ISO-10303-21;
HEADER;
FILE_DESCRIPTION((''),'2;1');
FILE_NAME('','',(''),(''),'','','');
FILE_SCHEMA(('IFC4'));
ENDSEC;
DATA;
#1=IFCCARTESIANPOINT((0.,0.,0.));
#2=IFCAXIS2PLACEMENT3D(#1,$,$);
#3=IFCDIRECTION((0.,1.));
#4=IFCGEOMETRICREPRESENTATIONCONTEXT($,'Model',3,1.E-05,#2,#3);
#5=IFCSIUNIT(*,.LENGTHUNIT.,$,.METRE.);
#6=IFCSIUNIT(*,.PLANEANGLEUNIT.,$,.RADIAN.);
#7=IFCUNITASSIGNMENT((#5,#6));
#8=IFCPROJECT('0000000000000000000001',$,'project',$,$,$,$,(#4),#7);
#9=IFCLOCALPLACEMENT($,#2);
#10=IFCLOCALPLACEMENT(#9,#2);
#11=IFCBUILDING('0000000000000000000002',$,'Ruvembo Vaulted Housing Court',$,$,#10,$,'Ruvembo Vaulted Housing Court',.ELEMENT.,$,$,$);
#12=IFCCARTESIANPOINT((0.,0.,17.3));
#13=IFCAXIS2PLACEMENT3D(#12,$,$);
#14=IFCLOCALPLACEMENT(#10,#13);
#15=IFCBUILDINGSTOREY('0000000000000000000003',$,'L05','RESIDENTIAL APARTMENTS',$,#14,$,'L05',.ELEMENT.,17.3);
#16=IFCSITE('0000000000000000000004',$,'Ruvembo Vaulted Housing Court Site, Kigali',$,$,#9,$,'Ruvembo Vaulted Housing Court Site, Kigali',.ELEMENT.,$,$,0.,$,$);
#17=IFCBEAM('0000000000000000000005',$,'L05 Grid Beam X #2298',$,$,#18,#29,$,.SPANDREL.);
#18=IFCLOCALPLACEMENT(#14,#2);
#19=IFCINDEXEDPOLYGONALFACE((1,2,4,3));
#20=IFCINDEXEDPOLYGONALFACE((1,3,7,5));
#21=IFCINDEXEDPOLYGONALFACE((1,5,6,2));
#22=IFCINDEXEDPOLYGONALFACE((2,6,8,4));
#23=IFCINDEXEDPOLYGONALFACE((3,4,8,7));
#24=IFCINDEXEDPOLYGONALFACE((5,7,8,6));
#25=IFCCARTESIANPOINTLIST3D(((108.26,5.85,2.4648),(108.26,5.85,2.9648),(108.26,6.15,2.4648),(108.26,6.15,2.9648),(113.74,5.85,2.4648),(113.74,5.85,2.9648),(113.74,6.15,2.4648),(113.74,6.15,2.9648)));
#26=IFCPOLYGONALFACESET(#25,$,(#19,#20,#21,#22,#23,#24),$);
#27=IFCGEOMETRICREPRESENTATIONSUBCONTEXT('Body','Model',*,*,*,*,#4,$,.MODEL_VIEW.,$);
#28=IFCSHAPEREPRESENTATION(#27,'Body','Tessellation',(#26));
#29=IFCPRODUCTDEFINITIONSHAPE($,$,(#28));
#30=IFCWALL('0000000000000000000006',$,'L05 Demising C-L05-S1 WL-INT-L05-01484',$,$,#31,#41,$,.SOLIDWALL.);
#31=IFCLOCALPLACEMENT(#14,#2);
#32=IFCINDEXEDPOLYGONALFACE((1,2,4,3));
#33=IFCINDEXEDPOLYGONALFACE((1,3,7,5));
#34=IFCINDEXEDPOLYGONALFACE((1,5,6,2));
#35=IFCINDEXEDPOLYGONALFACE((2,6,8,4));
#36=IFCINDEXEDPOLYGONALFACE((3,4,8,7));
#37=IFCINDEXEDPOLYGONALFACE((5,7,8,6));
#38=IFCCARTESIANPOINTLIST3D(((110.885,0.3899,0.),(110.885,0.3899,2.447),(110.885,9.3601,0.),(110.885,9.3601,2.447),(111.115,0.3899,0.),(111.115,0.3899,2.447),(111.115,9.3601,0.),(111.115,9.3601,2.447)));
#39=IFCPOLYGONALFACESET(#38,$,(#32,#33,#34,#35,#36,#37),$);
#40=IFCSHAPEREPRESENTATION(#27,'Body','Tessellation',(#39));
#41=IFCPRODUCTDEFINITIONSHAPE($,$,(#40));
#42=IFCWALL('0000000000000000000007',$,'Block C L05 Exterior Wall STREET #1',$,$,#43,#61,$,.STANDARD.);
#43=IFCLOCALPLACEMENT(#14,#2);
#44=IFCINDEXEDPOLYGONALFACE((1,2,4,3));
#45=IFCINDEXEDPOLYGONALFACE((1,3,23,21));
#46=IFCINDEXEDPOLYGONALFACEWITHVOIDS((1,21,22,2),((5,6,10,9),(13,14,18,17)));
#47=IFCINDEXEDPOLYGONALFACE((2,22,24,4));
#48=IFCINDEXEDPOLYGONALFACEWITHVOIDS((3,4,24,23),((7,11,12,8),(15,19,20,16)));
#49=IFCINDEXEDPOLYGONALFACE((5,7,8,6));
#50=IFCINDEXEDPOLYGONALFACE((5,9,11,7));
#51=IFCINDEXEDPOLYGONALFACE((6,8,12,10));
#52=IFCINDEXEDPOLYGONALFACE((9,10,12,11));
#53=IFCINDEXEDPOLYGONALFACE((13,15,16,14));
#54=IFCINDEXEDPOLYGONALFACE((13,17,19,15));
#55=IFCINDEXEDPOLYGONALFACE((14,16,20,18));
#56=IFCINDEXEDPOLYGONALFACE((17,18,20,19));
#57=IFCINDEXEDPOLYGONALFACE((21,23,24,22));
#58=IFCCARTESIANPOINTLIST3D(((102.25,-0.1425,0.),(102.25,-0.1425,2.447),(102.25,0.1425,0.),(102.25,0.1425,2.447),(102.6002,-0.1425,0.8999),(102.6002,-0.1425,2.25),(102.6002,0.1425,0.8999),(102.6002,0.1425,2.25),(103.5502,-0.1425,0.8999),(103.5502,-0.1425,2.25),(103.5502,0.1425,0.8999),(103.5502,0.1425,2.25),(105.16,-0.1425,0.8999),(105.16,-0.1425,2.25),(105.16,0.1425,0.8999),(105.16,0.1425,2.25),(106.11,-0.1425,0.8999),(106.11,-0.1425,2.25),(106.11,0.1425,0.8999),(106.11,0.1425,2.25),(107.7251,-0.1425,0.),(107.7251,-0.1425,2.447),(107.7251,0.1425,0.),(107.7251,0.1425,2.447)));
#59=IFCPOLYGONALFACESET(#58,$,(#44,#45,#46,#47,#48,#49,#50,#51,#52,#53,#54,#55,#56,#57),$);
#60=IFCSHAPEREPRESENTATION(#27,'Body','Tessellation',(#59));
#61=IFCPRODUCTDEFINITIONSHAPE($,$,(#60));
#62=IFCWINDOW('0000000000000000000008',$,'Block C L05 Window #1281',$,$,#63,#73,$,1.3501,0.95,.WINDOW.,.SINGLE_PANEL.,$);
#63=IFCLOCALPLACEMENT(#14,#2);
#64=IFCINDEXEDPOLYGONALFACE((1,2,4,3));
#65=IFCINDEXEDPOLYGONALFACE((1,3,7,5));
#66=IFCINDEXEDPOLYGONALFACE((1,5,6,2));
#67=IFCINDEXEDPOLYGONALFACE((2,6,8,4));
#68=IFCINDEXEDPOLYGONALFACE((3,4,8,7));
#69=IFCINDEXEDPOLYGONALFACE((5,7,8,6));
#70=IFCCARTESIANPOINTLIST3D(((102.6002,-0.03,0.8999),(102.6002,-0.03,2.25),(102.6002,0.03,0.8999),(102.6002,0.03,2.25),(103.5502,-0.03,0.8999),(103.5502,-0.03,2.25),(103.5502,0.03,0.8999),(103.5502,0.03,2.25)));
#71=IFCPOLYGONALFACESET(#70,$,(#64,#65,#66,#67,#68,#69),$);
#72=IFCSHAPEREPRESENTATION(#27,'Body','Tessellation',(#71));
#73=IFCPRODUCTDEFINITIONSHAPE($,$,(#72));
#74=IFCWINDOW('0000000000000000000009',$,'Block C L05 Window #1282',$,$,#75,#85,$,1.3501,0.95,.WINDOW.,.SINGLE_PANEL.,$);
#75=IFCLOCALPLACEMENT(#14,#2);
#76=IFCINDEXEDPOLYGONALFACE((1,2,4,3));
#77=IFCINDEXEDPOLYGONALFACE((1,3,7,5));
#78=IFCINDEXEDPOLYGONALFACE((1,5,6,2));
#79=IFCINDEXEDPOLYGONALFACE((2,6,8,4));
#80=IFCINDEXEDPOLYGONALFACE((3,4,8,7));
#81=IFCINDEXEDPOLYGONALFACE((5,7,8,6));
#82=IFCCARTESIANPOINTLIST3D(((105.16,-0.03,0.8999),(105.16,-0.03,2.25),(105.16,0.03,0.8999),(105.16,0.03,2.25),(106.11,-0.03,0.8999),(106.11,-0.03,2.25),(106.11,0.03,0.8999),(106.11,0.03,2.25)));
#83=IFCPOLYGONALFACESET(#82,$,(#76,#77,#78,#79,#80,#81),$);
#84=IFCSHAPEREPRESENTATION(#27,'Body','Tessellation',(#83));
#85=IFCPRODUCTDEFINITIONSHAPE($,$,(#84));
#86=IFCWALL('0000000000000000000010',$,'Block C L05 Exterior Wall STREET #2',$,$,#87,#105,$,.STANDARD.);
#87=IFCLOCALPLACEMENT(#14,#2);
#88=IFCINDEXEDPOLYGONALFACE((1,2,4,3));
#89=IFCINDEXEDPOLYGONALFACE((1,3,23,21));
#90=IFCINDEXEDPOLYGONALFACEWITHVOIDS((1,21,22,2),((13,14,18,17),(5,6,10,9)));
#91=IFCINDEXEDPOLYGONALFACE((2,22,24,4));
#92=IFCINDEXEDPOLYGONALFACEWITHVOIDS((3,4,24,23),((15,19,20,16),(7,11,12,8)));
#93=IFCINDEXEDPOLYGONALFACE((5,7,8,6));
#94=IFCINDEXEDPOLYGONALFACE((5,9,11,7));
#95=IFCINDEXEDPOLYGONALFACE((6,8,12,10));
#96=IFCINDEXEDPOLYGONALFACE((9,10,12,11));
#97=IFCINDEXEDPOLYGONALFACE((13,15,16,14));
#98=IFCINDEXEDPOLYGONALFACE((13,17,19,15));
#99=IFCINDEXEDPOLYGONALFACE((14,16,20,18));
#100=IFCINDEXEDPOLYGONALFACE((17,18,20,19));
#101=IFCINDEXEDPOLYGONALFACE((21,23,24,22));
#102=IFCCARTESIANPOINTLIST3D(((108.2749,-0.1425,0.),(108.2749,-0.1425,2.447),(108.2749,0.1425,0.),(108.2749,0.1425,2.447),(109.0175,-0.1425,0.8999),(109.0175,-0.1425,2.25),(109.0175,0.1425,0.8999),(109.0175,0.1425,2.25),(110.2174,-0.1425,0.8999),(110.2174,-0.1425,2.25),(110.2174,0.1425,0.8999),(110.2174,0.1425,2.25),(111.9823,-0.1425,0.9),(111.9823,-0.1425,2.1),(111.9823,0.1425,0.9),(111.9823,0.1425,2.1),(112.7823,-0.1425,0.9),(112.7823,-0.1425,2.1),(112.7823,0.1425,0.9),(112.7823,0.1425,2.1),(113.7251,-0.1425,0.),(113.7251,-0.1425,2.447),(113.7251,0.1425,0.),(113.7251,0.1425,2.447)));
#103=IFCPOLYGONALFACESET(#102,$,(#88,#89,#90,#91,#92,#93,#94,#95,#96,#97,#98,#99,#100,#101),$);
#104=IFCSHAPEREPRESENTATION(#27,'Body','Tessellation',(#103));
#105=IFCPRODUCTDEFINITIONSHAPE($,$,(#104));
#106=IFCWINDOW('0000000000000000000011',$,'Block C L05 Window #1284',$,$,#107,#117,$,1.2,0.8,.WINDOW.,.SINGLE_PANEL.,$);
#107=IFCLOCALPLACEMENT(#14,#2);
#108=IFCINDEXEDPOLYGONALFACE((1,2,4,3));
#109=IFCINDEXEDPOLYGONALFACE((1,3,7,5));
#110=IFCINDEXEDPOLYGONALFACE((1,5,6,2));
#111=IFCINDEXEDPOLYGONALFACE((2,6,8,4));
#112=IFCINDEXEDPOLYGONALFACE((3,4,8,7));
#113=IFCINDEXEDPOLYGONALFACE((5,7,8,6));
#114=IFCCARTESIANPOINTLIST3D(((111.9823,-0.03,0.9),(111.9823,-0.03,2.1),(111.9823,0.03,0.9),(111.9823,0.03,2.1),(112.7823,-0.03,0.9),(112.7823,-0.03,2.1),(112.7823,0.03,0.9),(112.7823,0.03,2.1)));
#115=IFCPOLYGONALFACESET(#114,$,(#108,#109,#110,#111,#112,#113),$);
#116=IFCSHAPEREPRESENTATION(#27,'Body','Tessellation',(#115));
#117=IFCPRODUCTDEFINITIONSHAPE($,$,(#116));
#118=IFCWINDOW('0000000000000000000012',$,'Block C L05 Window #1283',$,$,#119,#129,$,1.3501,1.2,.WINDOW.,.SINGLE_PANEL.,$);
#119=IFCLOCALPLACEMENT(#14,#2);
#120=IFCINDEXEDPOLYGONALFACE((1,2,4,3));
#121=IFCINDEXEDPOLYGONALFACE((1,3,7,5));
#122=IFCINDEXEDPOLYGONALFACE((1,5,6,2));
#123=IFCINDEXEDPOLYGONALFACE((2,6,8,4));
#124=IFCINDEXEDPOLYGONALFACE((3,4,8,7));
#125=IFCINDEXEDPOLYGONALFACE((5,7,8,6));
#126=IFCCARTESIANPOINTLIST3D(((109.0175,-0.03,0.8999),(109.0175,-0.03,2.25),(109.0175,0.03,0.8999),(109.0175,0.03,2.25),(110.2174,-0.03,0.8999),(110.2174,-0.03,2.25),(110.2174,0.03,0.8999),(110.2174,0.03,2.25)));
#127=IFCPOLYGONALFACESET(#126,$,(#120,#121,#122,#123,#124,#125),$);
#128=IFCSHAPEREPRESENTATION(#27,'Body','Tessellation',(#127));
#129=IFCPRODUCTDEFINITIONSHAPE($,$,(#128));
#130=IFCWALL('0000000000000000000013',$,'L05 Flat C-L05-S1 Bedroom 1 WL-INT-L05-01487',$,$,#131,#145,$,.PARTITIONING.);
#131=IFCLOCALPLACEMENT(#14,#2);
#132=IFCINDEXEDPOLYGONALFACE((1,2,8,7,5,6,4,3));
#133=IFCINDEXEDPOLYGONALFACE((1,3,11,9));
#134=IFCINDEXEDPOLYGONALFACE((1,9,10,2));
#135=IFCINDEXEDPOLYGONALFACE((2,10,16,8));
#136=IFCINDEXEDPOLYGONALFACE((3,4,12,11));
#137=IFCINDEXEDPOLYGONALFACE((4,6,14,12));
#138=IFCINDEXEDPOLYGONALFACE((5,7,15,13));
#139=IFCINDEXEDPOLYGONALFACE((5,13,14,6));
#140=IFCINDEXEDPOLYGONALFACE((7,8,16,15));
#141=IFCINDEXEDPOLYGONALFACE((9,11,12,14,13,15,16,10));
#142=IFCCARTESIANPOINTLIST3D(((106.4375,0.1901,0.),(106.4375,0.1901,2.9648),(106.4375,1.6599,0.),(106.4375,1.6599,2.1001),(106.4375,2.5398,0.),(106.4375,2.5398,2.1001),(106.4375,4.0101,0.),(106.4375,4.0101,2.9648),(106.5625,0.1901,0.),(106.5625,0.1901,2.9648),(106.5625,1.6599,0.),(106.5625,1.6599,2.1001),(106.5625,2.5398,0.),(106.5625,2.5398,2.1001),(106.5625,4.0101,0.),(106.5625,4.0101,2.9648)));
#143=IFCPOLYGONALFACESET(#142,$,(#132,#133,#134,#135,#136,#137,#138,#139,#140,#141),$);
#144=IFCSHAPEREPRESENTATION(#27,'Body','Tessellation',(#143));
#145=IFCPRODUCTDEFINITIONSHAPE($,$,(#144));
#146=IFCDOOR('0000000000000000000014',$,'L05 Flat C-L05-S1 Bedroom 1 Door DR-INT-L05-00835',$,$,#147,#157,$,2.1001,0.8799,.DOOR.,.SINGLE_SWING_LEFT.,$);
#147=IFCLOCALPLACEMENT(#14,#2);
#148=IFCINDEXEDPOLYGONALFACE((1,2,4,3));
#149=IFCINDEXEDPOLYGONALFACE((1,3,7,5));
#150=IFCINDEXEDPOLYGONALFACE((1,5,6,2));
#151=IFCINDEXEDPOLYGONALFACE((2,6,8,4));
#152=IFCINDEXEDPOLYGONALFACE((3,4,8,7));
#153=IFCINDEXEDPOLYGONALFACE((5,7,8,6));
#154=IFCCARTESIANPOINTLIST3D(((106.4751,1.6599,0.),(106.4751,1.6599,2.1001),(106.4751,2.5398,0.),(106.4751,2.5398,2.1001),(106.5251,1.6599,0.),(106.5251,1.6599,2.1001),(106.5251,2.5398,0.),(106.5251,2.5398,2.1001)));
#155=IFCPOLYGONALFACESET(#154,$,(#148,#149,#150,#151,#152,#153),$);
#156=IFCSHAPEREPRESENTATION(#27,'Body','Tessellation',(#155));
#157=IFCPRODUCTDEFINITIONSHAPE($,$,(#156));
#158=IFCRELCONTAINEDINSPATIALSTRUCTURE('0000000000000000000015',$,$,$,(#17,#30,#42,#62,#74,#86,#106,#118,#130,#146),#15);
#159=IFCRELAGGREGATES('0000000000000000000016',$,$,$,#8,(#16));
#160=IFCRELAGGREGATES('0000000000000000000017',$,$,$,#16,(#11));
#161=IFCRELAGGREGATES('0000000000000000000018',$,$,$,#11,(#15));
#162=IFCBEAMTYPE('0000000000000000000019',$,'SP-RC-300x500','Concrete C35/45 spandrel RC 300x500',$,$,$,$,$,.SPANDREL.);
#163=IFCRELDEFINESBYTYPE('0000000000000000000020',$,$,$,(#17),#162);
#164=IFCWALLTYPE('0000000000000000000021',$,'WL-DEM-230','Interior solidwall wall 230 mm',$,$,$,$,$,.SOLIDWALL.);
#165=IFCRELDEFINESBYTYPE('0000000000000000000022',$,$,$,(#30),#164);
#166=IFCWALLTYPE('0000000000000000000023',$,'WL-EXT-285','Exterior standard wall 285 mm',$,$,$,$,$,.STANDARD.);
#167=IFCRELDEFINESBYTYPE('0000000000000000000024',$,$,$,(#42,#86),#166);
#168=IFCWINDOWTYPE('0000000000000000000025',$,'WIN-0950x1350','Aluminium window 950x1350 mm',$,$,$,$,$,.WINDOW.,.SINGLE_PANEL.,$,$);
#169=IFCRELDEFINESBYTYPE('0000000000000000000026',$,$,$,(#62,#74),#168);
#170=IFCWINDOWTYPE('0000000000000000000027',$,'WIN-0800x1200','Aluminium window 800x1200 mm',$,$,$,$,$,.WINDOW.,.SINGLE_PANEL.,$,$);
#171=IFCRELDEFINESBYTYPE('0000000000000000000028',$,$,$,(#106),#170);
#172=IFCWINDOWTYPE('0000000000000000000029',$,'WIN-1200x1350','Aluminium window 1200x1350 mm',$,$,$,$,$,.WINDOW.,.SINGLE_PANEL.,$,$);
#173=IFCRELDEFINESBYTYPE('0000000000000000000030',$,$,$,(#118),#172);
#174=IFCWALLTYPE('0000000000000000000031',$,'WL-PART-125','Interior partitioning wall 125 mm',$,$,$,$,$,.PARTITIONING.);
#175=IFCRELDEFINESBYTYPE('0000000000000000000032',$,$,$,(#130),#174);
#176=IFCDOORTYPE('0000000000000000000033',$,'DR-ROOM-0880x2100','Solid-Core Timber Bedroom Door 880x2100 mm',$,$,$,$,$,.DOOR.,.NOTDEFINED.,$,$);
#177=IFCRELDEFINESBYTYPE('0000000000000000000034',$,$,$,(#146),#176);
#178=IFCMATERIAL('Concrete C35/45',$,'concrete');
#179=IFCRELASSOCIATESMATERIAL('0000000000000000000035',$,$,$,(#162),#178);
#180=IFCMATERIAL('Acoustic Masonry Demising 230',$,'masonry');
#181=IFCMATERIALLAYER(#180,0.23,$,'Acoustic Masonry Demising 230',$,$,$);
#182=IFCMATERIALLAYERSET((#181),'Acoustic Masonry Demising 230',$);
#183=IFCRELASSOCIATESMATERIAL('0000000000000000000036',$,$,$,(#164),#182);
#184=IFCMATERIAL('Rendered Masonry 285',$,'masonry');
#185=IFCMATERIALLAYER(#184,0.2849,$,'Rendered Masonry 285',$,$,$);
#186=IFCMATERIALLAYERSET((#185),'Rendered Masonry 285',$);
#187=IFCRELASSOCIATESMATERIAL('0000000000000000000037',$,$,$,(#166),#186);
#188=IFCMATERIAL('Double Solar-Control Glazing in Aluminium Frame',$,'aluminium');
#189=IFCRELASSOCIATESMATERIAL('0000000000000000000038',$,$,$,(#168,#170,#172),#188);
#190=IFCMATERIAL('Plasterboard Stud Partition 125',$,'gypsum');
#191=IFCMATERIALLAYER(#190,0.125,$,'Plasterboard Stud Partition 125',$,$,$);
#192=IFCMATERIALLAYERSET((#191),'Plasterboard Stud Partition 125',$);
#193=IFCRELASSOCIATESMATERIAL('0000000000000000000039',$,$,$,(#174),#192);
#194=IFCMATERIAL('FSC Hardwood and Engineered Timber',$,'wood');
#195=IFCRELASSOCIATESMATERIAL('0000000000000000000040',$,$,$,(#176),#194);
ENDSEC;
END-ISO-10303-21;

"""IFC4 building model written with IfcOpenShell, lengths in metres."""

from ifc_helpers import new_model, si_unit, direction, frame, frame_2d, origin, origin_2d, place, context, subcontext, project, spatial, rectangle, extrude, material, layer, layer_set, material_profile, profile_set, type_object, element, fill, save


model = new_model("IFC4")

# Units and contexts
model_context = context("Model", 3, precision=1e-05, world=origin(), true_north=direction((0.0, 1.0)))
body_context = subcontext(model_context, "Body", "Model", "MODEL_VIEW")
ifc_project = project(units=[si_unit("LENGTHUNIT", "METRE"), si_unit("PLANEANGLEUNIT", "RADIAN")], contexts=[model_context])

# Site, building, storey
site_placement = place(None, origin())
site = spatial("IfcSite", under=ifc_project, at=site_placement, Name="Ruvembo Vaulted Housing Court Site, Kigali", LongName="Ruvembo Vaulted Housing Court Site, Kigali", CompositionType="ELEMENT", RefElevation=0.0)
building_placement = place(site_placement, origin())
building = spatial("IfcBuilding", under=site, at=building_placement, Name="Ruvembo Vaulted Housing Court", LongName="Ruvembo Vaulted Housing Court", CompositionType="ELEMENT")
storey_placement = place(building_placement, frame((0.0, 0.0, 17.3)))
storey = spatial("IfcBuildingStorey", under=building, at=storey_placement, Name="L05", Description="RESIDENTIAL APARTMENTS", LongName="L05", CompositionType="ELEMENT", Elevation=17.3)

# Shared definitions
ifc_material_1 = material(Name="Concrete C35/45", Category="concrete")

# Beam
ifc_material_profile_1 = material_profile(ifc_material_1, rectangle(XDim=0.3, YDim=0.5, at=origin_2d()), Name="RC 300x500")
ifc_profile_set_1 = profile_set([ifc_material_profile_1], Name="Concrete C35/45")
beam_type_1 = type_object("IfcBeamType", Name="SP-RC-300x500", Description="Concrete C35/45 spandrel RC 300x500", PredefinedType="SPANDREL", material=ifc_profile_set_1)
for number, where, z_axis, x_axis, name in (
    (1, (108.26, 6.0, 2.7148), (1.0, 0.0, 0.0), (0.0, 1.0, 0.0), "L05 Grid Beam X #2298"),
):
    element("IfcBeam", number, at=place(storey_placement, frame(where, z_axis=z_axis, x_axis=x_axis)), inside=storey, type_object=beam_type_1, Name=name, PredefinedType="SPANDREL", context=body_context, shape_type="SweptSolid", body=[
        extrude(rectangle(XDim=0.3, YDim=0.5, at=origin_2d()), origin(), (0.0, 0.0, 1.0), 5.48),
    ])

# Shared definitions
ifc_material_2 = material(Name="FSC Hardwood and Engineered Timber", Category="wood")

# Wall
ifc_material_3 = material(Name="Acoustic Masonry Demising 230", Category="masonry")
ifc_layer_1 = layer(ifc_material_3, 0.23, Name="Acoustic Masonry Demising 230")
ifc_layer_set_1 = layer_set([ifc_layer_1], Name="Acoustic Masonry Demising 230")
wall_type_1 = type_object("IfcWallType", Name="WL-DEM-230", Description="Interior solidwall wall 230 mm", PredefinedType="SOLIDWALL", material=ifc_layer_set_1)
wall_1_placement = place(storey_placement, frame((111.0, 0.3899, 0.0), z_axis=(0.0, 0.0, 1.0), x_axis=(0.0, 1.0, 0.0)))
element("IfcWall", 2, at=wall_1_placement, inside=storey, type_object=wall_type_1, Name="L05 Demising C-L05-S1 WL-INT-L05-01484", PredefinedType="SOLIDWALL", context=body_context, shape_type="SweptSolid", body=[
    extrude(rectangle(XDim=8.9702, YDim=0.23, at=frame_2d((4.4851, 0.0))), origin(), (0.0, 0.0, 1.0), 2.447),
])

# Walls, openings, windows
ifc_material_4 = material(Name="Rendered Masonry 285", Category="masonry")
ifc_layer_2 = layer(ifc_material_4, 0.2849, Name="Rendered Masonry 285")
ifc_layer_set_2 = layer_set([ifc_layer_2], Name="Rendered Masonry 285")
wall_type_2 = type_object("IfcWallType", Name="WL-EXT-285", Description="Exterior standard wall 285 mm", PredefinedType="STANDARD", material=ifc_layer_set_2)
wall_2_placement = place(storey_placement, frame((102.25, 0.0, 0.0), z_axis=(0.0, 0.0, 1.0), x_axis=(1.0, 0.0, 0.0)))
wall_2 = element("IfcWall", 3, at=wall_2_placement, inside=storey, type_object=wall_type_2, Name="Block C L05 Exterior Wall STREET #1", PredefinedType="STANDARD", context=body_context, shape_type="SweptSolid", body=[
    extrude(rectangle(XDim=5.4751, YDim=0.2849, at=frame_2d((2.7375, 0.0))), origin(), (0.0, 0.0, 1.0), 2.447),
])
opening_1_placement = place(wall_2_placement, frame((0.3501, 0.0, 0.8999)))
opening_1 = element("IfcOpeningElement", 4, at=opening_1_placement, cuts=wall_2, PredefinedType="OPENING", context=body_context, shape_type="SweptSolid", body=[
    extrude(rectangle(XDim=0.95, YDim=1.3501, at=frame_2d((0.4751, 0.675))), frame((0.0, 0.1523, 0.0), z_axis=(0.0, -1.0, 0.0), x_axis=(1.0, 0.0, 0.0)), (0.0, 0.0, 1.0), 0.3049),
])
opening_2_placement = place(wall_2_placement, frame((2.9099, 0.0, 0.8999)))
opening_2 = element("IfcOpeningElement", 5, at=opening_2_placement, cuts=wall_2, PredefinedType="OPENING", context=body_context, shape_type="SweptSolid", body=[
    extrude(rectangle(XDim=0.95, YDim=1.3501, at=frame_2d((0.4751, 0.675))), frame((0.0, 0.1523, 0.0), z_axis=(0.0, -1.0, 0.0), x_axis=(1.0, 0.0, 0.0)), (0.0, 0.0, 1.0), 0.3049),
])
ifc_material_5 = material(Name="Double Solar-Control Glazing in Aluminium Frame", Category="aluminium")
window_type_1 = type_object("IfcWindowType", Name="WIN-0950x1350", Description="Aluminium window 950x1350 mm", PartitioningType="SINGLE_PANEL", PredefinedType="WINDOW", material=ifc_material_5)
window_1_placement = place(opening_1_placement, origin())
window_1 = element("IfcWindow", 6, at=window_1_placement, inside=storey, type_object=window_type_1, Name="Block C L05 Window #1281", OverallHeight=1.3501, OverallWidth=0.95, PartitioningType="SINGLE_PANEL", PredefinedType="WINDOW", context=body_context, shape_type="SweptSolid", body=[
    extrude(rectangle(XDim=0.95, YDim=1.3501, at=frame_2d((0.4751, 0.675))), frame((0.0, 0.03, 0.0), z_axis=(0.0, -1.0, 0.0), x_axis=(1.0, 0.0, 0.0)), (0.0, 0.0, 1.0), 0.0601),
])
fill(opening_1, window_1)
window_2_placement = place(opening_2_placement, origin())
window_2 = element("IfcWindow", 7, at=window_2_placement, inside=storey, type_object=window_type_1, Name="Block C L05 Window #1282", OverallHeight=1.3501, OverallWidth=0.95, PartitioningType="SINGLE_PANEL", PredefinedType="WINDOW", context=body_context, shape_type="SweptSolid", body=[
    extrude(rectangle(XDim=0.95, YDim=1.3501, at=frame_2d((0.4751, 0.675))), frame((0.0, 0.03, 0.0), z_axis=(0.0, -1.0, 0.0), x_axis=(1.0, 0.0, 0.0)), (0.0, 0.0, 1.0), 0.0601),
])
fill(opening_2, window_2)
wall_3_placement = place(storey_placement, frame((108.2749, 0.0, 0.0), z_axis=(0.0, 0.0, 1.0), x_axis=(1.0, 0.0, 0.0)))
wall_3 = element("IfcWall", 8, at=wall_3_placement, inside=storey, type_object=wall_type_2, Name="Block C L05 Exterior Wall STREET #2", PredefinedType="STANDARD", context=body_context, shape_type="SweptSolid", body=[
    extrude(rectangle(XDim=5.4502, YDim=0.2849, at=frame_2d((2.7251, 0.0))), origin(), (0.0, 0.0, 1.0), 2.447),
])
opening_3_placement = place(wall_3_placement, frame((0.7424, 0.0, 0.8999)))
opening_3 = element("IfcOpeningElement", 9, at=opening_3_placement, cuts=wall_3, PredefinedType="OPENING", context=body_context, shape_type="SweptSolid", body=[
    extrude(rectangle(XDim=1.2, YDim=1.3501, at=frame_2d((0.6001, 0.675))), frame((0.0, 0.1523, 0.0), z_axis=(0.0, -1.0, 0.0), x_axis=(1.0, 0.0, 0.0)), (0.0, 0.0, 1.0), 0.3049),
])
opening_4_placement = place(wall_3_placement, frame((3.7075, 0.0, 0.8999)))
opening_4 = element("IfcOpeningElement", 10, at=opening_4_placement, cuts=wall_3, PredefinedType="OPENING", context=body_context, shape_type="SweptSolid", body=[
    extrude(rectangle(XDim=0.8, YDim=1.2, at=frame_2d((0.3999, 0.6001))), frame((0.0, 0.1523, 0.0), z_axis=(0.0, -1.0, 0.0), x_axis=(1.0, 0.0, 0.0)), (0.0, 0.0, 1.0), 0.3049),
])
window_type_2 = type_object("IfcWindowType", Name="WIN-0800x1200", Description="Aluminium window 800x1200 mm", PartitioningType="SINGLE_PANEL", PredefinedType="WINDOW", material=ifc_material_5)
window_3_placement = place(opening_4_placement, origin())
window_3 = element("IfcWindow", 11, at=window_3_placement, inside=storey, type_object=window_type_2, Name="Block C L05 Window #1284", OverallHeight=1.2, OverallWidth=0.8, PartitioningType="SINGLE_PANEL", PredefinedType="WINDOW", context=body_context, shape_type="SweptSolid", body=[
    extrude(rectangle(XDim=0.8, YDim=1.2, at=frame_2d((0.3999, 0.6001))), frame((0.0, 0.03, 0.0), z_axis=(0.0, -1.0, 0.0), x_axis=(1.0, 0.0, 0.0)), (0.0, 0.0, 1.0), 0.0601),
])
fill(opening_4, window_3)
window_type_3 = type_object("IfcWindowType", Name="WIN-1200x1350", Description="Aluminium window 1200x1350 mm", PartitioningType="SINGLE_PANEL", PredefinedType="WINDOW", material=ifc_material_5)
window_4_placement = place(opening_3_placement, origin())
window_4 = element("IfcWindow", 12, at=window_4_placement, inside=storey, type_object=window_type_3, Name="Block C L05 Window #1283", OverallHeight=1.3501, OverallWidth=1.2, PartitioningType="SINGLE_PANEL", PredefinedType="WINDOW", context=body_context, shape_type="SweptSolid", body=[
    extrude(rectangle(XDim=1.2, YDim=1.3501, at=frame_2d((0.6001, 0.675))), frame((0.0, 0.03, 0.0), z_axis=(0.0, -1.0, 0.0), x_axis=(1.0, 0.0, 0.0)), (0.0, 0.0, 1.0), 0.0601),
])
fill(opening_3, window_4)

# Wall, opening, door
ifc_material_6 = material(Name="Plasterboard Stud Partition 125", Category="gypsum")
ifc_layer_3 = layer(ifc_material_6, 0.125, Name="Plasterboard Stud Partition 125")
ifc_layer_set_3 = layer_set([ifc_layer_3], Name="Plasterboard Stud Partition 125")
wall_type_3 = type_object("IfcWallType", Name="WL-PART-125", Description="Interior partitioning wall 125 mm", PredefinedType="PARTITIONING", material=ifc_layer_set_3)
wall_4_placement = place(storey_placement, frame((106.5, 0.1899, 0.0), z_axis=(0.0, 0.0, 1.0), x_axis=(0.0, 1.0, 0.0)))
wall_4 = element("IfcWall", 13, at=wall_4_placement, inside=storey, type_object=wall_type_3, Name="L05 Flat C-L05-S1 Bedroom 1 WL-INT-L05-01487", PredefinedType="PARTITIONING", context=body_context, shape_type="SweptSolid", body=[
    extrude(rectangle(XDim=3.8201, YDim=0.125, at=frame_2d((1.9102, 0.0))), origin(), (0.0, 0.0, 1.0), 2.9648),
])
opening_5_placement = place(wall_4_placement, frame((1.47, 0.0, 0.0)))
opening_5 = element("IfcOpeningElement", 14, at=opening_5_placement, cuts=wall_4, PredefinedType="OPENING", context=body_context, shape_type="SweptSolid", body=[
    extrude(rectangle(XDim=0.8799, YDim=2.1001, at=frame_2d((0.4399, 1.05))), frame((0.0, 0.0725, 0.0), z_axis=(0.0, -1.0, 0.0), x_axis=(1.0, 0.0, 0.0)), (0.0, 0.0, 1.0), 0.145),
])
door_type_1 = type_object("IfcDoorType", Name="DR-ROOM-0880x2100", Description="Solid-Core Timber Bedroom Door 880x2100 mm", OperationType="NOTDEFINED", PredefinedType="DOOR", material=ifc_material_2)
door_1_placement = place(opening_5_placement, origin())
door_1 = element("IfcDoor", 15, at=door_1_placement, inside=storey, type_object=door_type_1, Name="L05 Flat C-L05-S1 Bedroom 1 Door DR-INT-L05-00835", OperationType="SINGLE_SWING_LEFT", OverallHeight=2.1001, OverallWidth=0.8799, PredefinedType="DOOR", context=body_context, shape_type="SweptSolid", body=[
    extrude(rectangle(XDim=0.8799, YDim=2.1001, at=frame_2d((0.4399, 1.05))), frame((0.0, 0.0249, 0.0), z_axis=(0.0, -1.0, 0.0), x_axis=(1.0, 0.0, 0.0)), (0.0, 0.0, 1.0), 0.05),
])
fill(opening_5, door_1)

save(model, "model.ifc")
